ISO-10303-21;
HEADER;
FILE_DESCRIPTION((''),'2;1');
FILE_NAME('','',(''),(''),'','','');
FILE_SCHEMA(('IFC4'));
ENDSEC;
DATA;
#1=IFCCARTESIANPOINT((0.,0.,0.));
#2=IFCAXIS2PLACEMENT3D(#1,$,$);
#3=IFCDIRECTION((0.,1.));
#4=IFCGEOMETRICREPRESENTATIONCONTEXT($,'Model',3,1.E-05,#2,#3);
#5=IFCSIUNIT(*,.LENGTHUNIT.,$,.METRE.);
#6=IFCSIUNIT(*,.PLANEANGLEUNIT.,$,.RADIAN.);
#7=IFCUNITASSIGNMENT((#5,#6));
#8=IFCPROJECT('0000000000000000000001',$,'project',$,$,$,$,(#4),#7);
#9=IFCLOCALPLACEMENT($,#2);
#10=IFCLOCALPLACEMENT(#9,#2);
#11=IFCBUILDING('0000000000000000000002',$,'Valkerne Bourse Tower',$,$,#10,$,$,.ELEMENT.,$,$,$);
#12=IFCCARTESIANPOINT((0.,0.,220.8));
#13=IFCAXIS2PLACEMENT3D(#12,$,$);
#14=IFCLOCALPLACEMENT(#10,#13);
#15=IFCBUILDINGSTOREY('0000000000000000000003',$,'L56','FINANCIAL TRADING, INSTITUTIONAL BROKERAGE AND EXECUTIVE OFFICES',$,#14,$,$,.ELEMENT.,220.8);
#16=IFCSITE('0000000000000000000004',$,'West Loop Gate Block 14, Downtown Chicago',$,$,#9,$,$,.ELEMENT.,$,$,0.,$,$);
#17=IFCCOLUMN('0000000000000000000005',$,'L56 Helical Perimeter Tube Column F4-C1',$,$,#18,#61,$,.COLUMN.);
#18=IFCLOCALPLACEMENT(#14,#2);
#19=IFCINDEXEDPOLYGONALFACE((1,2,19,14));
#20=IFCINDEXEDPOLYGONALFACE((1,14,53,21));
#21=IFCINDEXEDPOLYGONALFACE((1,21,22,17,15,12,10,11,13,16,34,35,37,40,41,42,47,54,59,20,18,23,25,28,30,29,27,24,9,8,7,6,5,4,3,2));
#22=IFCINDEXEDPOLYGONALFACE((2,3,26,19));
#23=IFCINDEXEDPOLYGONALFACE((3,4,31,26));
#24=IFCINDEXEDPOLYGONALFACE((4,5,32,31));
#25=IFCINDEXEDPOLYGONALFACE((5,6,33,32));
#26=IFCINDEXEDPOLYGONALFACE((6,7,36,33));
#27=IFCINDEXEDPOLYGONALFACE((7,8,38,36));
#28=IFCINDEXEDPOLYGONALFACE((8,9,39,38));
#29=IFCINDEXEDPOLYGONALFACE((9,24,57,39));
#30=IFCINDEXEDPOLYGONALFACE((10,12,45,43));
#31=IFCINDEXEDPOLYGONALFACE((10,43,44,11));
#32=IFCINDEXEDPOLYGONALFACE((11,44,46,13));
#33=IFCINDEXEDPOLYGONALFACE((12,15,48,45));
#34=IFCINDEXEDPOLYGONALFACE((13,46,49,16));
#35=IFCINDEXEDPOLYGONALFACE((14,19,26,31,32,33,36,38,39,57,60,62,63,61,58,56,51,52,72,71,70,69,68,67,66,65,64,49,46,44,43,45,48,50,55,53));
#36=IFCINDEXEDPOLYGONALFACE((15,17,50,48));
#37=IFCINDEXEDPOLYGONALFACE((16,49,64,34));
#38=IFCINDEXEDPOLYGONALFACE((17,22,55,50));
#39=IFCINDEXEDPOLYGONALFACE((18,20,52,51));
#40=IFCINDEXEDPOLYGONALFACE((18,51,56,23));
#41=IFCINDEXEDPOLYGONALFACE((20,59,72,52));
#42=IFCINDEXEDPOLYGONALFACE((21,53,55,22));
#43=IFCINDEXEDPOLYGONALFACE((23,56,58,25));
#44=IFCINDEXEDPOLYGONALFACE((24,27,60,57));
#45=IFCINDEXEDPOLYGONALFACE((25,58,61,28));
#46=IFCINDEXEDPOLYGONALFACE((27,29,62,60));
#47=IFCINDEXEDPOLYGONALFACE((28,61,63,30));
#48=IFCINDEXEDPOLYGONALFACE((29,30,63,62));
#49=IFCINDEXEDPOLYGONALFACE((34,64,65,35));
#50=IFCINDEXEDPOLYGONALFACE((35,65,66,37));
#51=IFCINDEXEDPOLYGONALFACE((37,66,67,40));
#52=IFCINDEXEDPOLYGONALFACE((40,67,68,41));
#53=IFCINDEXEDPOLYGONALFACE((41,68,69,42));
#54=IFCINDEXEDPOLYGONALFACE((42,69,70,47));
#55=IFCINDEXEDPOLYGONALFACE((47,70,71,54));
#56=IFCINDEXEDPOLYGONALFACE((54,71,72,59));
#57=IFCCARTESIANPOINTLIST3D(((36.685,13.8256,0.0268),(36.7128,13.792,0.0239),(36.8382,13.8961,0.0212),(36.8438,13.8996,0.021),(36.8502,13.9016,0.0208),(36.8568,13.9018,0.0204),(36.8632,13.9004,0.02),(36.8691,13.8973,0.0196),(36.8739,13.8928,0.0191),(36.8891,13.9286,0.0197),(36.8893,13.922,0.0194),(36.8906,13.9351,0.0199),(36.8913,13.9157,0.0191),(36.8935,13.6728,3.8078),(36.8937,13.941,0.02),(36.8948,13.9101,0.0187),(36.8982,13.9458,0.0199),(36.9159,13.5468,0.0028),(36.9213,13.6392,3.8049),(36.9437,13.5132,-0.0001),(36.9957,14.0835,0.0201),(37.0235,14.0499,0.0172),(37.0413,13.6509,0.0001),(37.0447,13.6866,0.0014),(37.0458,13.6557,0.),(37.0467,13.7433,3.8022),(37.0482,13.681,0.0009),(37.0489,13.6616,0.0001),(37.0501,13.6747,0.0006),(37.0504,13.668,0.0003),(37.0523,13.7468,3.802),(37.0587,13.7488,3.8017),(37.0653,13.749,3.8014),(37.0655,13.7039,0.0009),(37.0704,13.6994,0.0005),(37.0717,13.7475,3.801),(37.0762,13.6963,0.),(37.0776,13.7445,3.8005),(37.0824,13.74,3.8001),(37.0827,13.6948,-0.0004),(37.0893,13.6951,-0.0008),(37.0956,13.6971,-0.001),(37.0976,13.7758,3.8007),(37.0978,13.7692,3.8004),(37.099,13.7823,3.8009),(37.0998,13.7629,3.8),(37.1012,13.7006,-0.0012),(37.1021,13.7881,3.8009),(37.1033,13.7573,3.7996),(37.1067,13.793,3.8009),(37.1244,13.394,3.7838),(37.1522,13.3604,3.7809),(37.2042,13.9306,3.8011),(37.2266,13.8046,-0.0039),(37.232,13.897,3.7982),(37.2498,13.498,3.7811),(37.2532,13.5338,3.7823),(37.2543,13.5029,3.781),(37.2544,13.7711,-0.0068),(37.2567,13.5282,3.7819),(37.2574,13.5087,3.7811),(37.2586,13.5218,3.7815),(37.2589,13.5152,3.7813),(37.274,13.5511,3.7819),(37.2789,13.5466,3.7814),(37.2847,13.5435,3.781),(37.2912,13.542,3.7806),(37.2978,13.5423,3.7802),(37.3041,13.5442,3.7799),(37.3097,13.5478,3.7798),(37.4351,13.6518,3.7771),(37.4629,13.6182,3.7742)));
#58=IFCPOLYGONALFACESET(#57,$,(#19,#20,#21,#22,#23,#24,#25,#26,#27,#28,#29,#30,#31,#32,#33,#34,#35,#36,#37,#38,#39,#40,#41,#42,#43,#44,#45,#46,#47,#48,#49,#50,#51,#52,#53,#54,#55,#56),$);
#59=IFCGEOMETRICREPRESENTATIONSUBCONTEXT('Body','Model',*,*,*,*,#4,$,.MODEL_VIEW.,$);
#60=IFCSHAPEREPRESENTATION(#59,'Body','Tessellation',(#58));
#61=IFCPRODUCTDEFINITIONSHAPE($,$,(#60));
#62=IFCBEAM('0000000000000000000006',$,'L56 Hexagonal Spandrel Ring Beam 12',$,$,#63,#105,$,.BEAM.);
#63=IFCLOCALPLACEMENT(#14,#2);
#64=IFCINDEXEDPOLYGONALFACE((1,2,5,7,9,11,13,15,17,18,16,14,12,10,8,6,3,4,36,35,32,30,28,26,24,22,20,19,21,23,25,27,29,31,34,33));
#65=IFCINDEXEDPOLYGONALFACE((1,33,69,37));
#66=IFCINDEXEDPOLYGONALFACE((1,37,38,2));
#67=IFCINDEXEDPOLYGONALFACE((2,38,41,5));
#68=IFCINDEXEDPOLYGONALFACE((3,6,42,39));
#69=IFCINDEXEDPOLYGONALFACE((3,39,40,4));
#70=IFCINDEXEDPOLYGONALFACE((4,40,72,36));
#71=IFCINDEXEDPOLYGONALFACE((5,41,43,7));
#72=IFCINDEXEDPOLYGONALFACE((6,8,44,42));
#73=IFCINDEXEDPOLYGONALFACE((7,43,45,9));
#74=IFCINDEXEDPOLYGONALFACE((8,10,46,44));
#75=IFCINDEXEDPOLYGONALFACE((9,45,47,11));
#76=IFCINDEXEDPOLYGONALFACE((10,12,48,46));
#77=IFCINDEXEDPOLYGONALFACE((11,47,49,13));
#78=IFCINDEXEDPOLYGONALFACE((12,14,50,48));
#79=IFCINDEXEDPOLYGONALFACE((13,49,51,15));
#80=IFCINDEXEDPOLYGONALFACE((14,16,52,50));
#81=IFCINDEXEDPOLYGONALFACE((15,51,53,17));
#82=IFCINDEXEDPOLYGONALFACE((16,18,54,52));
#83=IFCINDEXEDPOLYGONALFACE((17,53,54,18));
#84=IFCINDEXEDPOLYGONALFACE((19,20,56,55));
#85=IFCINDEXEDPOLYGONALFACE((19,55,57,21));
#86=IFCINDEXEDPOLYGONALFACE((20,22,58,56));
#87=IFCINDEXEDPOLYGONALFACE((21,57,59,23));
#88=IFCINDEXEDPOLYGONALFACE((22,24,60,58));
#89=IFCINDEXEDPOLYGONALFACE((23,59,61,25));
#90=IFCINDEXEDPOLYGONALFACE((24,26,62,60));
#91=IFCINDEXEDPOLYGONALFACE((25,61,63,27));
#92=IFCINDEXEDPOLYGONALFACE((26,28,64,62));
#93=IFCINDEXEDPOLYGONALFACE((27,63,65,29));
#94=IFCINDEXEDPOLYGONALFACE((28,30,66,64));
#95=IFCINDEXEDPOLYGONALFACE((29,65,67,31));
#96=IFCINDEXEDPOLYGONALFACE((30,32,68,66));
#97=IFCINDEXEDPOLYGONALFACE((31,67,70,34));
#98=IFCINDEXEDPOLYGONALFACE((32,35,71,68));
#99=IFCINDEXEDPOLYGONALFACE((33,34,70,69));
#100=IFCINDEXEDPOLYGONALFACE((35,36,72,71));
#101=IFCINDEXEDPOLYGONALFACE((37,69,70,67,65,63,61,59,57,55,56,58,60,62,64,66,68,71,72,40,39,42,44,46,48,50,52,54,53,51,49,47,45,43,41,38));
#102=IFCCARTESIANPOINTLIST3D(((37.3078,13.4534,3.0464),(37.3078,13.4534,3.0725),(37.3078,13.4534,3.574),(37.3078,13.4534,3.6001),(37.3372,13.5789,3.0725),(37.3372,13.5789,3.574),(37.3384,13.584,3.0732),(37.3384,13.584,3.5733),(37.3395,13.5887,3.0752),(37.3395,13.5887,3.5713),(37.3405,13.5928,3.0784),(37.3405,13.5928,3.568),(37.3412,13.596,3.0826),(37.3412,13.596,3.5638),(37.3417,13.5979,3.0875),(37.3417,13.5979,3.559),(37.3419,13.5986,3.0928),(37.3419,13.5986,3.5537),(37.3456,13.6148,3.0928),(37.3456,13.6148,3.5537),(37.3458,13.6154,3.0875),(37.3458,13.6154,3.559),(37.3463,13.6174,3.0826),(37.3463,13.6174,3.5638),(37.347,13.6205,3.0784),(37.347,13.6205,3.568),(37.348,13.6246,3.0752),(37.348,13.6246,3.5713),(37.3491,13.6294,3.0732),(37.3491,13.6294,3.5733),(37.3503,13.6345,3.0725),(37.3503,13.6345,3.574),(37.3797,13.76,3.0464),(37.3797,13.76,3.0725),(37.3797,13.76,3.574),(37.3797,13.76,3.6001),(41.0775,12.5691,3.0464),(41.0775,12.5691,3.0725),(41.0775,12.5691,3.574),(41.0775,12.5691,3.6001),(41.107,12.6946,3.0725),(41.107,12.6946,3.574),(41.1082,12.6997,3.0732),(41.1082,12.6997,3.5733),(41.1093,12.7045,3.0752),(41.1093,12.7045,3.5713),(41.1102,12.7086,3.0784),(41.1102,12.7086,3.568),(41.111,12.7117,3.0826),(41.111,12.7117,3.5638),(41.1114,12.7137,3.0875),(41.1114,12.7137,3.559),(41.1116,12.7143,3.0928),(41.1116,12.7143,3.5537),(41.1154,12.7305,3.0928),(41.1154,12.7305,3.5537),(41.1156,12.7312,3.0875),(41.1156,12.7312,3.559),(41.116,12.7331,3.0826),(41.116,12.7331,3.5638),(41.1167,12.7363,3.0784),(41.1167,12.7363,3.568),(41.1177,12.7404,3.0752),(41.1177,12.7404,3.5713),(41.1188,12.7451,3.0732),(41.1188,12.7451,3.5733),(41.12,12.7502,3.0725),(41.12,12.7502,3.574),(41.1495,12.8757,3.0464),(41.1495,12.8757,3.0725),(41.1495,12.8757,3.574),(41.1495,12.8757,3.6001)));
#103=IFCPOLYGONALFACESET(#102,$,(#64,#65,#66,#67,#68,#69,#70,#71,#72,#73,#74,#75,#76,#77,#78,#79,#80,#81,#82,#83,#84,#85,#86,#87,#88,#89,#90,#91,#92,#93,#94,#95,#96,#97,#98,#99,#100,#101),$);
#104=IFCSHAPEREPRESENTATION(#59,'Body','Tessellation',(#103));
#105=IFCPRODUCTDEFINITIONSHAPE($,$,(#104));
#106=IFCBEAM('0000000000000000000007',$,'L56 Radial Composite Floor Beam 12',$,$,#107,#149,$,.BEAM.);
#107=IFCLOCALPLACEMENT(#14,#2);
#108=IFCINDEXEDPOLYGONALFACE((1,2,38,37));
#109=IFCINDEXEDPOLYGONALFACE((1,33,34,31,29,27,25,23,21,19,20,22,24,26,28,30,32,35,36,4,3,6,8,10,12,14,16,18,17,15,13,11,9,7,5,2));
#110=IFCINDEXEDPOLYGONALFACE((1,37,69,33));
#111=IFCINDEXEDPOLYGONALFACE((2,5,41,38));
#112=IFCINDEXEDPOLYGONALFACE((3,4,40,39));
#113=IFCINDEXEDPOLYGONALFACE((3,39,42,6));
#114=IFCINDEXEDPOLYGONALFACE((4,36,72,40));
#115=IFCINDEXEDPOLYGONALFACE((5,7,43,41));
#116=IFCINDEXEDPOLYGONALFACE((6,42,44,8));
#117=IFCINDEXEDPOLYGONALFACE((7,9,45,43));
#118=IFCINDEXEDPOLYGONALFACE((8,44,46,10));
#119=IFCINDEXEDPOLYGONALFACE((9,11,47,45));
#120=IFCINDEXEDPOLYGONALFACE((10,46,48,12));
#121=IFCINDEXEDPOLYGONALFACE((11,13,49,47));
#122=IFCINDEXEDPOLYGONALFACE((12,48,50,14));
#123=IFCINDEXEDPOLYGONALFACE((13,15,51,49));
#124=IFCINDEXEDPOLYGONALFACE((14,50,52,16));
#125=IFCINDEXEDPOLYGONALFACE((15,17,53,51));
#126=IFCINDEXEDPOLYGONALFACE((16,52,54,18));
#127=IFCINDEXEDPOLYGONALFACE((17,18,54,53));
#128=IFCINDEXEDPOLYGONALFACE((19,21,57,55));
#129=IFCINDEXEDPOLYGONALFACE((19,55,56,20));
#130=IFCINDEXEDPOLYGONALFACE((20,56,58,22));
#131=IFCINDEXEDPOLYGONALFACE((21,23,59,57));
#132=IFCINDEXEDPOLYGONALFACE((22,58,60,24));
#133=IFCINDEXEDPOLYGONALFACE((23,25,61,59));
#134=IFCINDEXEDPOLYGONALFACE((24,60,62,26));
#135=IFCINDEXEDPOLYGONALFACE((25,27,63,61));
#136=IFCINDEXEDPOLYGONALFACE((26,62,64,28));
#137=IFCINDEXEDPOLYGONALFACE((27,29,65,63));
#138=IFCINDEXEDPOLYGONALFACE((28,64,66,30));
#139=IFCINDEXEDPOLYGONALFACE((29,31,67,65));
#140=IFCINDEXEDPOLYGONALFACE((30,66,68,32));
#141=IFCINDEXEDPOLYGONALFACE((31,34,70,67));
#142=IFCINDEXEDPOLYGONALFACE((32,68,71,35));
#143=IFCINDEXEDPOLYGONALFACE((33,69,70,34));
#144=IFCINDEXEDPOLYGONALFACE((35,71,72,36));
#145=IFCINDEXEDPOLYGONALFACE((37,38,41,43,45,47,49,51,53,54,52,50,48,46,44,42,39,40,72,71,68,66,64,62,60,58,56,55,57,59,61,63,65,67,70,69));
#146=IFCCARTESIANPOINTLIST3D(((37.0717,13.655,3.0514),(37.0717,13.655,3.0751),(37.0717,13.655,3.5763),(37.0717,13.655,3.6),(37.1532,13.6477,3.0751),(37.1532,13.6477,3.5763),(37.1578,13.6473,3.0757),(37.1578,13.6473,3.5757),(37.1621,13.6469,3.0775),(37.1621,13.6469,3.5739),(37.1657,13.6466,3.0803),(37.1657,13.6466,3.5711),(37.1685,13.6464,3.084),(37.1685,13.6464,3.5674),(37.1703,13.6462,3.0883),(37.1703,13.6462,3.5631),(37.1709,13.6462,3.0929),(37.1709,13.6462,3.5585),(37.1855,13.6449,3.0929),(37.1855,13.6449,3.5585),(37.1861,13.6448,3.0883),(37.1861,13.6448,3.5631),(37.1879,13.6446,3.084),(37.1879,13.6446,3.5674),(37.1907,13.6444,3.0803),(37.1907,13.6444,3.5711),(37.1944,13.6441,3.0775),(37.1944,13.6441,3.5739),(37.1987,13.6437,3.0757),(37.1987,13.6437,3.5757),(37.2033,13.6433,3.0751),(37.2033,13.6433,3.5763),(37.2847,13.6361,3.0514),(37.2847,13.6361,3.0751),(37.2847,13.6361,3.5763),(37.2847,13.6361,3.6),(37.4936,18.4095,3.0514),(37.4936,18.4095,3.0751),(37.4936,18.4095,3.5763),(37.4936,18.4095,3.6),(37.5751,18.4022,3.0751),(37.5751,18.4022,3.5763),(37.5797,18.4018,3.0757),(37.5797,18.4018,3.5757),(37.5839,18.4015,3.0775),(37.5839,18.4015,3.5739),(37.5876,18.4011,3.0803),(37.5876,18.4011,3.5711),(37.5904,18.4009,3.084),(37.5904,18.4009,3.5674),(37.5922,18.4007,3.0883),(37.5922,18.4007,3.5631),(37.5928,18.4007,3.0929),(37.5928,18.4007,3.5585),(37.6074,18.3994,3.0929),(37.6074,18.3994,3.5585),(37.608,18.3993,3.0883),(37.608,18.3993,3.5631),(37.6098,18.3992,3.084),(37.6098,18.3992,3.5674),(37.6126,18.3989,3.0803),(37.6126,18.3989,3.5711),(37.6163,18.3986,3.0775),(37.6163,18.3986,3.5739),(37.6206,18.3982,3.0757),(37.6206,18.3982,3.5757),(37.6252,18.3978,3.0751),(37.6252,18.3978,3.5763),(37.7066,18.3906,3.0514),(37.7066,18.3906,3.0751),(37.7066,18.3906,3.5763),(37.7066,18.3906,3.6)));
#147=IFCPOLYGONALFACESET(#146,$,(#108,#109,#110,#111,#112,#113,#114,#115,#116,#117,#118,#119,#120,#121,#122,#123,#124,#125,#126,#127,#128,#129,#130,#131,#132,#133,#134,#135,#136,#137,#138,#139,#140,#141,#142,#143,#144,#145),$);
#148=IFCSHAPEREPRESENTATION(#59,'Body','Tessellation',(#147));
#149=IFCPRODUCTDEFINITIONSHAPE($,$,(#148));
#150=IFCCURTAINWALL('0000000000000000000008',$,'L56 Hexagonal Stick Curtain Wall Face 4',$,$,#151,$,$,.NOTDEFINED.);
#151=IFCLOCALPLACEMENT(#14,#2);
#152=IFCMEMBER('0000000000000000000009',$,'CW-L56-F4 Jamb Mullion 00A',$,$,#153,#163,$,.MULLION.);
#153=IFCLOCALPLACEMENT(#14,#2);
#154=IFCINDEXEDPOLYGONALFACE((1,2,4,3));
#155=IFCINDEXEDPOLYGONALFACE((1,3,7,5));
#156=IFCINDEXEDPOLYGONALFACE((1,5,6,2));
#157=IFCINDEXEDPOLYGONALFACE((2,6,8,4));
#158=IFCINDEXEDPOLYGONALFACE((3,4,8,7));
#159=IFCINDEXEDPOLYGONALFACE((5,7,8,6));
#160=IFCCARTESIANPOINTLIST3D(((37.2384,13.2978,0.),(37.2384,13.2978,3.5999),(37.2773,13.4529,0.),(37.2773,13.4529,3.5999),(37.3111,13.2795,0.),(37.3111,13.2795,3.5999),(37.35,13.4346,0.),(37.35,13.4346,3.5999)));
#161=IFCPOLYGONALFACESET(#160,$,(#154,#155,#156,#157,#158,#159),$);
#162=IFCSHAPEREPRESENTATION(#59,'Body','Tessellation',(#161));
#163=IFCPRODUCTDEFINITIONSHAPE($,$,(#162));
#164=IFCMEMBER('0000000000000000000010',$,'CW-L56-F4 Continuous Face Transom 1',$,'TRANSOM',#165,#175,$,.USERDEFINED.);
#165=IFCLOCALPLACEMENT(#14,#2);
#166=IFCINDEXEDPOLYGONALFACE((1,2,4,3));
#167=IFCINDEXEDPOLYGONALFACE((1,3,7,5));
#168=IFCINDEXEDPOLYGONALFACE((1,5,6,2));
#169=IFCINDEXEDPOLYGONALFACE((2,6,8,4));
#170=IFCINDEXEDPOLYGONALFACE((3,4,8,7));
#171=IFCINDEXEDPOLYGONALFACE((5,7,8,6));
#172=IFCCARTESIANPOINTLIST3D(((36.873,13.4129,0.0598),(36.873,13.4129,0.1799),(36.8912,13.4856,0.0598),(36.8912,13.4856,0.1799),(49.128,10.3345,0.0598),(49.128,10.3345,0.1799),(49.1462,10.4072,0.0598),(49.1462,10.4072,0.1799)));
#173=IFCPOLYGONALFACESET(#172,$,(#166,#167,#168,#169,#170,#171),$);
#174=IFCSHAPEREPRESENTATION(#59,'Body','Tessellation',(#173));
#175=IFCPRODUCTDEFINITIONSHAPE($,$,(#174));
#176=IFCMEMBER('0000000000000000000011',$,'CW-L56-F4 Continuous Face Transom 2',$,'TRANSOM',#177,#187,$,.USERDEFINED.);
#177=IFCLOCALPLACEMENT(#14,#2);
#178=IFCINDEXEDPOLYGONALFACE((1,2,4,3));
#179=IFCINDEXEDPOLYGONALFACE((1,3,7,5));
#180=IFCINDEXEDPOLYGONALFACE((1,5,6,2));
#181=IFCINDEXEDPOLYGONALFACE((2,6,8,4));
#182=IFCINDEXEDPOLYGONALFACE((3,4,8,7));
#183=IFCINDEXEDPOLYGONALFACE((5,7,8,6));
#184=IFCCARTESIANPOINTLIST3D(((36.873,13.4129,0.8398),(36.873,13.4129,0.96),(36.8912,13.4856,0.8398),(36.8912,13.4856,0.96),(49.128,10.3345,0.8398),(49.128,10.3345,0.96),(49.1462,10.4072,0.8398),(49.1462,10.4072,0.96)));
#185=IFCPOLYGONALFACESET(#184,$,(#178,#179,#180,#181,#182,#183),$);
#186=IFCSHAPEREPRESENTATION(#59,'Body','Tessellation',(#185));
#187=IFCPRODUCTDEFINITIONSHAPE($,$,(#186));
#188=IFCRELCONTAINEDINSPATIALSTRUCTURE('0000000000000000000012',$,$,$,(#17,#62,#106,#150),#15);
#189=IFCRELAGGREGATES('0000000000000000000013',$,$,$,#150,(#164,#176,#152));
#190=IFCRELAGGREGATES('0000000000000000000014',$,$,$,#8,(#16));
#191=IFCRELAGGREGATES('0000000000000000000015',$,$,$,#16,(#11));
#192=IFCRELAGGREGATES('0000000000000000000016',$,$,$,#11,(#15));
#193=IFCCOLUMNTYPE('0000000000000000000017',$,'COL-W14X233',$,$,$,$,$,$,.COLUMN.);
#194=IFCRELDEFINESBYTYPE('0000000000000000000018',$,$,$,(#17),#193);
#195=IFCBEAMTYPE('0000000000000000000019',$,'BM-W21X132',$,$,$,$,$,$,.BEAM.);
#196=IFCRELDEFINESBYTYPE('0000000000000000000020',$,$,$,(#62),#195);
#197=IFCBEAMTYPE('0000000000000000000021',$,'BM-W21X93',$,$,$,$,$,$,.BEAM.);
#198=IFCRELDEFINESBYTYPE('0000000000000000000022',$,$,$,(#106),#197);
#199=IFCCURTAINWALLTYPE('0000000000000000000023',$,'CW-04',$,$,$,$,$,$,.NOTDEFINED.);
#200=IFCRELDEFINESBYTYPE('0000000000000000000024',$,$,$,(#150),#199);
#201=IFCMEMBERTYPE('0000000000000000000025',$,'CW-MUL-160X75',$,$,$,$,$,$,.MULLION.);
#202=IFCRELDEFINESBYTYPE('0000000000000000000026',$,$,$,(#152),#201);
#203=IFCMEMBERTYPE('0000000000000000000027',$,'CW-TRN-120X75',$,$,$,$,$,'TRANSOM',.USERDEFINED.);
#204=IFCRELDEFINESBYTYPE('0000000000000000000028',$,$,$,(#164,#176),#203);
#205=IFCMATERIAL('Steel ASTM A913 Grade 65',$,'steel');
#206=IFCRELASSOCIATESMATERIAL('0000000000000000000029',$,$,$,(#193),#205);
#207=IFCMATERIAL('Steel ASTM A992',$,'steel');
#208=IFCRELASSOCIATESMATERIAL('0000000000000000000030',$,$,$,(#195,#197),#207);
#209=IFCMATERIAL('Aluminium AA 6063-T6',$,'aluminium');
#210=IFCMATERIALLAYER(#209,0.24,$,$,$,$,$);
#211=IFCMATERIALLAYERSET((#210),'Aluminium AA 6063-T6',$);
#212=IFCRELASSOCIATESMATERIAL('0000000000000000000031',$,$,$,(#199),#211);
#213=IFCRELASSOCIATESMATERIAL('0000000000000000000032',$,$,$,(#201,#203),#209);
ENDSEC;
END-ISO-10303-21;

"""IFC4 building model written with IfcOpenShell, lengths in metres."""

from ifc_helpers import new_model, si_unit, direction, frame, origin, origin_2d, place, context, subcontext, project, spatial, rectangle, i_section, extrude, material, layer, layer_set, material_profile, profile_set, type_object, element, aggregate, save


model = new_model("IFC4")

# Units and contexts
model_context = context("Model", 3, precision=1e-05, world=origin(), true_north=direction((0.0, 1.0)))
body_context = subcontext(model_context, "Body", "Model", "MODEL_VIEW")
ifc_project = project(units=[si_unit("LENGTHUNIT", "METRE"), si_unit("PLANEANGLEUNIT", "RADIAN")], contexts=[model_context])

# Site, building, storey
site_placement = place(None, origin())
site = spatial("IfcSite", under=ifc_project, at=site_placement, Name="West Loop Gate Block 14, Downtown Chicago", CompositionType="ELEMENT", RefElevation=0.0)
building_placement = place(site_placement, origin())
building = spatial("IfcBuilding", under=site, at=building_placement, Name="Valkerne Bourse Tower", CompositionType="ELEMENT")
storey_placement = place(building_placement, frame((0.0, 0.0, 220.8)))
storey = spatial("IfcBuildingStorey", under=building, at=storey_placement, Name="L56", Description="FINANCIAL TRADING, INSTITUTIONAL BROKERAGE AND EXECUTIVE OFFICES", CompositionType="ELEMENT", Elevation=220.8)

# Column
ifc_material_1 = material(Name="Steel ASTM A913 Grade 65", Category="steel")
ifc_material_profile_1 = material_profile(ifc_material_1, i_section(OverallWidth=0.4038, OverallDepth=0.4065, WebThickness=0.0271, FlangeThickness=0.0437, FilletRadius=0.0254, at=origin_2d()), Name="W14X233")
ifc_profile_set_1 = profile_set([ifc_material_profile_1], Name="Steel ASTM A913 Grade 65")
column_type = type_object("IfcColumnType", Name="COL-W14X233", PredefinedType="COLUMN", material=ifc_profile_set_1)
column_placement = place(storey_placement, frame((36.9697, 13.7983, 0.01), z_axis=(0.055015, -0.040327, 0.997671), x_axis=(0.769412, 0.638536, -0.016617)))
element("IfcColumn", 1, at=column_placement, inside=storey, type_object=column_type, Name="L56 Helical Perimeter Tube Column F4-C1", PredefinedType="COLUMN", context=body_context, shape_type="SweptSolid", body=[
    extrude(i_section(OverallWidth=0.4038, OverallDepth=0.4065, WebThickness=0.0271, FlangeThickness=0.0437, FilletRadius=0.0254, at=origin_2d()), origin(), (0.0, 0.0, 1.0), 3.7898),
])

# Beams
ifc_material_2 = material(Name="Steel ASTM A992", Category="steel")
ifc_material_profile_2 = material_profile(ifc_material_2, i_section(OverallWidth=0.3149, OverallDepth=0.5537, WebThickness=0.0166, FlangeThickness=0.0261, FilletRadius=0.0203, at=origin_2d()), Name="W21X132")
ifc_profile_set_2 = profile_set([ifc_material_profile_2], Name="Steel ASTM A992")
beam_type_1 = type_object("IfcBeamType", Name="BM-W21X132", PredefinedType="BEAM", material=ifc_profile_set_2)
beam_1_placement = place(storey_placement, frame((37.3438, 13.6067, 3.3232), z_axis=(0.973574, -0.228372, 0.0), x_axis=(0.228372, 0.973574, 0.0)))
element("IfcBeam", 2, at=beam_1_placement, inside=storey, type_object=beam_type_1, Name="L56 Hexagonal Spandrel Ring Beam 12", PredefinedType="BEAM", context=body_context, shape_type="SweptSolid", body=[
    extrude(i_section(OverallWidth=0.3149, OverallDepth=0.5537, WebThickness=0.0166, FlangeThickness=0.0261, FilletRadius=0.0203, at=origin_2d()), origin(), (0.0, 0.0, 1.0), 3.8721),
])
ifc_material_profile_3 = material_profile(ifc_material_2, i_section(OverallWidth=0.2139, OverallDepth=0.5486, WebThickness=0.0146, FlangeThickness=0.0237, FilletRadius=0.0178, at=origin_2d()), Name="W21X93")
ifc_profile_set_3 = profile_set([ifc_material_profile_3], Name="Steel ASTM A992")
beam_type_2 = type_object("IfcBeamType", Name="BM-W21X93", PredefinedType="BEAM", material=ifc_profile_set_3)
beam_2_placement = place(storey_placement, frame((37.1782, 13.6455, 3.3257), z_axis=(0.088386, 0.996086, 0.0), x_axis=(-0.996086, 0.088386, 0.0)))
element("IfcBeam", 3, at=beam_2_placement, inside=storey, type_object=beam_type_2, Name="L56 Radial Composite Floor Beam 12", PredefinedType="BEAM", context=body_context, shape_type="SweptSolid", body=[
    extrude(i_section(OverallWidth=0.2139, OverallDepth=0.5486, WebThickness=0.0146, FlangeThickness=0.0237, FilletRadius=0.0178, at=origin_2d()), origin(), (0.0, 0.0, 1.0), 4.7732),
])

# Curtain wall, members
ifc_material_3 = material(Name="Aluminium AA 6063-T6", Category="aluminium")
ifc_layer_1 = layer(ifc_material_3, 0.24)
ifc_layer_set_1 = layer_set([ifc_layer_1], Name="Aluminium AA 6063-T6")
curtain_wall_type = type_object("IfcCurtainWallType", Name="CW-04", PredefinedType="NOTDEFINED", material=ifc_layer_set_1)
curtain_wall_placement = place(storey_placement, origin())
curtain_wall = element("IfcCurtainWall", 4, at=curtain_wall_placement, inside=storey, type_object=curtain_wall_type, Name="L56 Hexagonal Stick Curtain Wall Face 4", PredefinedType="NOTDEFINED")
ifc_material_profile_4 = material_profile(ifc_material_3, rectangle(XDim=0.075, YDim=0.1599, at=origin_2d()), Name="CWM-75X160")
ifc_profile_set_4 = profile_set([ifc_material_profile_4], Name="Aluminium AA 6063-T6")
member_type_1 = type_object("IfcMemberType", Name="CW-MUL-160X75", PredefinedType="MULLION", material=ifc_profile_set_4)
member_1_placement = place(storey_placement, frame((37.2942, 13.3662, 0.0), z_axis=(0.0, 0.0, 1.0), x_axis=(0.969872, -0.243614, 0.0)))
member_1 = element("IfcMember", 5, at=member_1_placement, type_object=member_type_1, Name="CW-L56-F4 Jamb Mullion 00A", PredefinedType="MULLION", context=body_context, shape_type="SweptSolid", body=[
    extrude(rectangle(XDim=0.075, YDim=0.1599, at=origin_2d()), origin(), (0.0, 0.0, 1.0), 3.5999),
])
ifc_material_profile_5 = material_profile(ifc_material_3, rectangle(XDim=0.075, YDim=0.1201, at=origin_2d()), Name="CWT-75X120")
ifc_profile_set_5 = profile_set([ifc_material_profile_5], Name="Aluminium AA 6063-T6")
member_type_2 = type_object("IfcMemberType", Name="CW-TRN-120X75", ElementType="TRANSOM", PredefinedType="USERDEFINED", material=ifc_profile_set_5)
member_2_placement = place(storey_placement, frame((36.8821, 13.4492, 0.1199), z_axis=(0.96987, -0.243622, 0.0), x_axis=(0.243622, 0.96987, 0.0)))
member_2 = element("IfcMember", 6, at=member_2_placement, type_object=member_type_2, Name="CW-L56-F4 Continuous Face Transom 1", ObjectType="TRANSOM", PredefinedType="USERDEFINED", context=body_context, shape_type="SweptSolid", body=[
    extrude(rectangle(XDim=0.075, YDim=0.1201, at=origin_2d()), origin(), (0.0, 0.0, 1.0), 12.6357),
])
member_3_placement = place(storey_placement, frame((36.8821, 13.4492, 0.8999), z_axis=(0.96987, -0.243622, 0.0), x_axis=(0.243622, 0.96987, 0.0)))
member_3 = element("IfcMember", 7, at=member_3_placement, type_object=member_type_2, Name="CW-L56-F4 Continuous Face Transom 2", ObjectType="TRANSOM", PredefinedType="USERDEFINED", context=body_context, shape_type="SweptSolid", body=[
    extrude(rectangle(XDim=0.075, YDim=0.1201, at=origin_2d()), origin(), (0.0, 0.0, 1.0), 12.6357),
])

aggregate(curtain_wall, [member_2, member_3, member_1])

save(model, "model.ifc")
